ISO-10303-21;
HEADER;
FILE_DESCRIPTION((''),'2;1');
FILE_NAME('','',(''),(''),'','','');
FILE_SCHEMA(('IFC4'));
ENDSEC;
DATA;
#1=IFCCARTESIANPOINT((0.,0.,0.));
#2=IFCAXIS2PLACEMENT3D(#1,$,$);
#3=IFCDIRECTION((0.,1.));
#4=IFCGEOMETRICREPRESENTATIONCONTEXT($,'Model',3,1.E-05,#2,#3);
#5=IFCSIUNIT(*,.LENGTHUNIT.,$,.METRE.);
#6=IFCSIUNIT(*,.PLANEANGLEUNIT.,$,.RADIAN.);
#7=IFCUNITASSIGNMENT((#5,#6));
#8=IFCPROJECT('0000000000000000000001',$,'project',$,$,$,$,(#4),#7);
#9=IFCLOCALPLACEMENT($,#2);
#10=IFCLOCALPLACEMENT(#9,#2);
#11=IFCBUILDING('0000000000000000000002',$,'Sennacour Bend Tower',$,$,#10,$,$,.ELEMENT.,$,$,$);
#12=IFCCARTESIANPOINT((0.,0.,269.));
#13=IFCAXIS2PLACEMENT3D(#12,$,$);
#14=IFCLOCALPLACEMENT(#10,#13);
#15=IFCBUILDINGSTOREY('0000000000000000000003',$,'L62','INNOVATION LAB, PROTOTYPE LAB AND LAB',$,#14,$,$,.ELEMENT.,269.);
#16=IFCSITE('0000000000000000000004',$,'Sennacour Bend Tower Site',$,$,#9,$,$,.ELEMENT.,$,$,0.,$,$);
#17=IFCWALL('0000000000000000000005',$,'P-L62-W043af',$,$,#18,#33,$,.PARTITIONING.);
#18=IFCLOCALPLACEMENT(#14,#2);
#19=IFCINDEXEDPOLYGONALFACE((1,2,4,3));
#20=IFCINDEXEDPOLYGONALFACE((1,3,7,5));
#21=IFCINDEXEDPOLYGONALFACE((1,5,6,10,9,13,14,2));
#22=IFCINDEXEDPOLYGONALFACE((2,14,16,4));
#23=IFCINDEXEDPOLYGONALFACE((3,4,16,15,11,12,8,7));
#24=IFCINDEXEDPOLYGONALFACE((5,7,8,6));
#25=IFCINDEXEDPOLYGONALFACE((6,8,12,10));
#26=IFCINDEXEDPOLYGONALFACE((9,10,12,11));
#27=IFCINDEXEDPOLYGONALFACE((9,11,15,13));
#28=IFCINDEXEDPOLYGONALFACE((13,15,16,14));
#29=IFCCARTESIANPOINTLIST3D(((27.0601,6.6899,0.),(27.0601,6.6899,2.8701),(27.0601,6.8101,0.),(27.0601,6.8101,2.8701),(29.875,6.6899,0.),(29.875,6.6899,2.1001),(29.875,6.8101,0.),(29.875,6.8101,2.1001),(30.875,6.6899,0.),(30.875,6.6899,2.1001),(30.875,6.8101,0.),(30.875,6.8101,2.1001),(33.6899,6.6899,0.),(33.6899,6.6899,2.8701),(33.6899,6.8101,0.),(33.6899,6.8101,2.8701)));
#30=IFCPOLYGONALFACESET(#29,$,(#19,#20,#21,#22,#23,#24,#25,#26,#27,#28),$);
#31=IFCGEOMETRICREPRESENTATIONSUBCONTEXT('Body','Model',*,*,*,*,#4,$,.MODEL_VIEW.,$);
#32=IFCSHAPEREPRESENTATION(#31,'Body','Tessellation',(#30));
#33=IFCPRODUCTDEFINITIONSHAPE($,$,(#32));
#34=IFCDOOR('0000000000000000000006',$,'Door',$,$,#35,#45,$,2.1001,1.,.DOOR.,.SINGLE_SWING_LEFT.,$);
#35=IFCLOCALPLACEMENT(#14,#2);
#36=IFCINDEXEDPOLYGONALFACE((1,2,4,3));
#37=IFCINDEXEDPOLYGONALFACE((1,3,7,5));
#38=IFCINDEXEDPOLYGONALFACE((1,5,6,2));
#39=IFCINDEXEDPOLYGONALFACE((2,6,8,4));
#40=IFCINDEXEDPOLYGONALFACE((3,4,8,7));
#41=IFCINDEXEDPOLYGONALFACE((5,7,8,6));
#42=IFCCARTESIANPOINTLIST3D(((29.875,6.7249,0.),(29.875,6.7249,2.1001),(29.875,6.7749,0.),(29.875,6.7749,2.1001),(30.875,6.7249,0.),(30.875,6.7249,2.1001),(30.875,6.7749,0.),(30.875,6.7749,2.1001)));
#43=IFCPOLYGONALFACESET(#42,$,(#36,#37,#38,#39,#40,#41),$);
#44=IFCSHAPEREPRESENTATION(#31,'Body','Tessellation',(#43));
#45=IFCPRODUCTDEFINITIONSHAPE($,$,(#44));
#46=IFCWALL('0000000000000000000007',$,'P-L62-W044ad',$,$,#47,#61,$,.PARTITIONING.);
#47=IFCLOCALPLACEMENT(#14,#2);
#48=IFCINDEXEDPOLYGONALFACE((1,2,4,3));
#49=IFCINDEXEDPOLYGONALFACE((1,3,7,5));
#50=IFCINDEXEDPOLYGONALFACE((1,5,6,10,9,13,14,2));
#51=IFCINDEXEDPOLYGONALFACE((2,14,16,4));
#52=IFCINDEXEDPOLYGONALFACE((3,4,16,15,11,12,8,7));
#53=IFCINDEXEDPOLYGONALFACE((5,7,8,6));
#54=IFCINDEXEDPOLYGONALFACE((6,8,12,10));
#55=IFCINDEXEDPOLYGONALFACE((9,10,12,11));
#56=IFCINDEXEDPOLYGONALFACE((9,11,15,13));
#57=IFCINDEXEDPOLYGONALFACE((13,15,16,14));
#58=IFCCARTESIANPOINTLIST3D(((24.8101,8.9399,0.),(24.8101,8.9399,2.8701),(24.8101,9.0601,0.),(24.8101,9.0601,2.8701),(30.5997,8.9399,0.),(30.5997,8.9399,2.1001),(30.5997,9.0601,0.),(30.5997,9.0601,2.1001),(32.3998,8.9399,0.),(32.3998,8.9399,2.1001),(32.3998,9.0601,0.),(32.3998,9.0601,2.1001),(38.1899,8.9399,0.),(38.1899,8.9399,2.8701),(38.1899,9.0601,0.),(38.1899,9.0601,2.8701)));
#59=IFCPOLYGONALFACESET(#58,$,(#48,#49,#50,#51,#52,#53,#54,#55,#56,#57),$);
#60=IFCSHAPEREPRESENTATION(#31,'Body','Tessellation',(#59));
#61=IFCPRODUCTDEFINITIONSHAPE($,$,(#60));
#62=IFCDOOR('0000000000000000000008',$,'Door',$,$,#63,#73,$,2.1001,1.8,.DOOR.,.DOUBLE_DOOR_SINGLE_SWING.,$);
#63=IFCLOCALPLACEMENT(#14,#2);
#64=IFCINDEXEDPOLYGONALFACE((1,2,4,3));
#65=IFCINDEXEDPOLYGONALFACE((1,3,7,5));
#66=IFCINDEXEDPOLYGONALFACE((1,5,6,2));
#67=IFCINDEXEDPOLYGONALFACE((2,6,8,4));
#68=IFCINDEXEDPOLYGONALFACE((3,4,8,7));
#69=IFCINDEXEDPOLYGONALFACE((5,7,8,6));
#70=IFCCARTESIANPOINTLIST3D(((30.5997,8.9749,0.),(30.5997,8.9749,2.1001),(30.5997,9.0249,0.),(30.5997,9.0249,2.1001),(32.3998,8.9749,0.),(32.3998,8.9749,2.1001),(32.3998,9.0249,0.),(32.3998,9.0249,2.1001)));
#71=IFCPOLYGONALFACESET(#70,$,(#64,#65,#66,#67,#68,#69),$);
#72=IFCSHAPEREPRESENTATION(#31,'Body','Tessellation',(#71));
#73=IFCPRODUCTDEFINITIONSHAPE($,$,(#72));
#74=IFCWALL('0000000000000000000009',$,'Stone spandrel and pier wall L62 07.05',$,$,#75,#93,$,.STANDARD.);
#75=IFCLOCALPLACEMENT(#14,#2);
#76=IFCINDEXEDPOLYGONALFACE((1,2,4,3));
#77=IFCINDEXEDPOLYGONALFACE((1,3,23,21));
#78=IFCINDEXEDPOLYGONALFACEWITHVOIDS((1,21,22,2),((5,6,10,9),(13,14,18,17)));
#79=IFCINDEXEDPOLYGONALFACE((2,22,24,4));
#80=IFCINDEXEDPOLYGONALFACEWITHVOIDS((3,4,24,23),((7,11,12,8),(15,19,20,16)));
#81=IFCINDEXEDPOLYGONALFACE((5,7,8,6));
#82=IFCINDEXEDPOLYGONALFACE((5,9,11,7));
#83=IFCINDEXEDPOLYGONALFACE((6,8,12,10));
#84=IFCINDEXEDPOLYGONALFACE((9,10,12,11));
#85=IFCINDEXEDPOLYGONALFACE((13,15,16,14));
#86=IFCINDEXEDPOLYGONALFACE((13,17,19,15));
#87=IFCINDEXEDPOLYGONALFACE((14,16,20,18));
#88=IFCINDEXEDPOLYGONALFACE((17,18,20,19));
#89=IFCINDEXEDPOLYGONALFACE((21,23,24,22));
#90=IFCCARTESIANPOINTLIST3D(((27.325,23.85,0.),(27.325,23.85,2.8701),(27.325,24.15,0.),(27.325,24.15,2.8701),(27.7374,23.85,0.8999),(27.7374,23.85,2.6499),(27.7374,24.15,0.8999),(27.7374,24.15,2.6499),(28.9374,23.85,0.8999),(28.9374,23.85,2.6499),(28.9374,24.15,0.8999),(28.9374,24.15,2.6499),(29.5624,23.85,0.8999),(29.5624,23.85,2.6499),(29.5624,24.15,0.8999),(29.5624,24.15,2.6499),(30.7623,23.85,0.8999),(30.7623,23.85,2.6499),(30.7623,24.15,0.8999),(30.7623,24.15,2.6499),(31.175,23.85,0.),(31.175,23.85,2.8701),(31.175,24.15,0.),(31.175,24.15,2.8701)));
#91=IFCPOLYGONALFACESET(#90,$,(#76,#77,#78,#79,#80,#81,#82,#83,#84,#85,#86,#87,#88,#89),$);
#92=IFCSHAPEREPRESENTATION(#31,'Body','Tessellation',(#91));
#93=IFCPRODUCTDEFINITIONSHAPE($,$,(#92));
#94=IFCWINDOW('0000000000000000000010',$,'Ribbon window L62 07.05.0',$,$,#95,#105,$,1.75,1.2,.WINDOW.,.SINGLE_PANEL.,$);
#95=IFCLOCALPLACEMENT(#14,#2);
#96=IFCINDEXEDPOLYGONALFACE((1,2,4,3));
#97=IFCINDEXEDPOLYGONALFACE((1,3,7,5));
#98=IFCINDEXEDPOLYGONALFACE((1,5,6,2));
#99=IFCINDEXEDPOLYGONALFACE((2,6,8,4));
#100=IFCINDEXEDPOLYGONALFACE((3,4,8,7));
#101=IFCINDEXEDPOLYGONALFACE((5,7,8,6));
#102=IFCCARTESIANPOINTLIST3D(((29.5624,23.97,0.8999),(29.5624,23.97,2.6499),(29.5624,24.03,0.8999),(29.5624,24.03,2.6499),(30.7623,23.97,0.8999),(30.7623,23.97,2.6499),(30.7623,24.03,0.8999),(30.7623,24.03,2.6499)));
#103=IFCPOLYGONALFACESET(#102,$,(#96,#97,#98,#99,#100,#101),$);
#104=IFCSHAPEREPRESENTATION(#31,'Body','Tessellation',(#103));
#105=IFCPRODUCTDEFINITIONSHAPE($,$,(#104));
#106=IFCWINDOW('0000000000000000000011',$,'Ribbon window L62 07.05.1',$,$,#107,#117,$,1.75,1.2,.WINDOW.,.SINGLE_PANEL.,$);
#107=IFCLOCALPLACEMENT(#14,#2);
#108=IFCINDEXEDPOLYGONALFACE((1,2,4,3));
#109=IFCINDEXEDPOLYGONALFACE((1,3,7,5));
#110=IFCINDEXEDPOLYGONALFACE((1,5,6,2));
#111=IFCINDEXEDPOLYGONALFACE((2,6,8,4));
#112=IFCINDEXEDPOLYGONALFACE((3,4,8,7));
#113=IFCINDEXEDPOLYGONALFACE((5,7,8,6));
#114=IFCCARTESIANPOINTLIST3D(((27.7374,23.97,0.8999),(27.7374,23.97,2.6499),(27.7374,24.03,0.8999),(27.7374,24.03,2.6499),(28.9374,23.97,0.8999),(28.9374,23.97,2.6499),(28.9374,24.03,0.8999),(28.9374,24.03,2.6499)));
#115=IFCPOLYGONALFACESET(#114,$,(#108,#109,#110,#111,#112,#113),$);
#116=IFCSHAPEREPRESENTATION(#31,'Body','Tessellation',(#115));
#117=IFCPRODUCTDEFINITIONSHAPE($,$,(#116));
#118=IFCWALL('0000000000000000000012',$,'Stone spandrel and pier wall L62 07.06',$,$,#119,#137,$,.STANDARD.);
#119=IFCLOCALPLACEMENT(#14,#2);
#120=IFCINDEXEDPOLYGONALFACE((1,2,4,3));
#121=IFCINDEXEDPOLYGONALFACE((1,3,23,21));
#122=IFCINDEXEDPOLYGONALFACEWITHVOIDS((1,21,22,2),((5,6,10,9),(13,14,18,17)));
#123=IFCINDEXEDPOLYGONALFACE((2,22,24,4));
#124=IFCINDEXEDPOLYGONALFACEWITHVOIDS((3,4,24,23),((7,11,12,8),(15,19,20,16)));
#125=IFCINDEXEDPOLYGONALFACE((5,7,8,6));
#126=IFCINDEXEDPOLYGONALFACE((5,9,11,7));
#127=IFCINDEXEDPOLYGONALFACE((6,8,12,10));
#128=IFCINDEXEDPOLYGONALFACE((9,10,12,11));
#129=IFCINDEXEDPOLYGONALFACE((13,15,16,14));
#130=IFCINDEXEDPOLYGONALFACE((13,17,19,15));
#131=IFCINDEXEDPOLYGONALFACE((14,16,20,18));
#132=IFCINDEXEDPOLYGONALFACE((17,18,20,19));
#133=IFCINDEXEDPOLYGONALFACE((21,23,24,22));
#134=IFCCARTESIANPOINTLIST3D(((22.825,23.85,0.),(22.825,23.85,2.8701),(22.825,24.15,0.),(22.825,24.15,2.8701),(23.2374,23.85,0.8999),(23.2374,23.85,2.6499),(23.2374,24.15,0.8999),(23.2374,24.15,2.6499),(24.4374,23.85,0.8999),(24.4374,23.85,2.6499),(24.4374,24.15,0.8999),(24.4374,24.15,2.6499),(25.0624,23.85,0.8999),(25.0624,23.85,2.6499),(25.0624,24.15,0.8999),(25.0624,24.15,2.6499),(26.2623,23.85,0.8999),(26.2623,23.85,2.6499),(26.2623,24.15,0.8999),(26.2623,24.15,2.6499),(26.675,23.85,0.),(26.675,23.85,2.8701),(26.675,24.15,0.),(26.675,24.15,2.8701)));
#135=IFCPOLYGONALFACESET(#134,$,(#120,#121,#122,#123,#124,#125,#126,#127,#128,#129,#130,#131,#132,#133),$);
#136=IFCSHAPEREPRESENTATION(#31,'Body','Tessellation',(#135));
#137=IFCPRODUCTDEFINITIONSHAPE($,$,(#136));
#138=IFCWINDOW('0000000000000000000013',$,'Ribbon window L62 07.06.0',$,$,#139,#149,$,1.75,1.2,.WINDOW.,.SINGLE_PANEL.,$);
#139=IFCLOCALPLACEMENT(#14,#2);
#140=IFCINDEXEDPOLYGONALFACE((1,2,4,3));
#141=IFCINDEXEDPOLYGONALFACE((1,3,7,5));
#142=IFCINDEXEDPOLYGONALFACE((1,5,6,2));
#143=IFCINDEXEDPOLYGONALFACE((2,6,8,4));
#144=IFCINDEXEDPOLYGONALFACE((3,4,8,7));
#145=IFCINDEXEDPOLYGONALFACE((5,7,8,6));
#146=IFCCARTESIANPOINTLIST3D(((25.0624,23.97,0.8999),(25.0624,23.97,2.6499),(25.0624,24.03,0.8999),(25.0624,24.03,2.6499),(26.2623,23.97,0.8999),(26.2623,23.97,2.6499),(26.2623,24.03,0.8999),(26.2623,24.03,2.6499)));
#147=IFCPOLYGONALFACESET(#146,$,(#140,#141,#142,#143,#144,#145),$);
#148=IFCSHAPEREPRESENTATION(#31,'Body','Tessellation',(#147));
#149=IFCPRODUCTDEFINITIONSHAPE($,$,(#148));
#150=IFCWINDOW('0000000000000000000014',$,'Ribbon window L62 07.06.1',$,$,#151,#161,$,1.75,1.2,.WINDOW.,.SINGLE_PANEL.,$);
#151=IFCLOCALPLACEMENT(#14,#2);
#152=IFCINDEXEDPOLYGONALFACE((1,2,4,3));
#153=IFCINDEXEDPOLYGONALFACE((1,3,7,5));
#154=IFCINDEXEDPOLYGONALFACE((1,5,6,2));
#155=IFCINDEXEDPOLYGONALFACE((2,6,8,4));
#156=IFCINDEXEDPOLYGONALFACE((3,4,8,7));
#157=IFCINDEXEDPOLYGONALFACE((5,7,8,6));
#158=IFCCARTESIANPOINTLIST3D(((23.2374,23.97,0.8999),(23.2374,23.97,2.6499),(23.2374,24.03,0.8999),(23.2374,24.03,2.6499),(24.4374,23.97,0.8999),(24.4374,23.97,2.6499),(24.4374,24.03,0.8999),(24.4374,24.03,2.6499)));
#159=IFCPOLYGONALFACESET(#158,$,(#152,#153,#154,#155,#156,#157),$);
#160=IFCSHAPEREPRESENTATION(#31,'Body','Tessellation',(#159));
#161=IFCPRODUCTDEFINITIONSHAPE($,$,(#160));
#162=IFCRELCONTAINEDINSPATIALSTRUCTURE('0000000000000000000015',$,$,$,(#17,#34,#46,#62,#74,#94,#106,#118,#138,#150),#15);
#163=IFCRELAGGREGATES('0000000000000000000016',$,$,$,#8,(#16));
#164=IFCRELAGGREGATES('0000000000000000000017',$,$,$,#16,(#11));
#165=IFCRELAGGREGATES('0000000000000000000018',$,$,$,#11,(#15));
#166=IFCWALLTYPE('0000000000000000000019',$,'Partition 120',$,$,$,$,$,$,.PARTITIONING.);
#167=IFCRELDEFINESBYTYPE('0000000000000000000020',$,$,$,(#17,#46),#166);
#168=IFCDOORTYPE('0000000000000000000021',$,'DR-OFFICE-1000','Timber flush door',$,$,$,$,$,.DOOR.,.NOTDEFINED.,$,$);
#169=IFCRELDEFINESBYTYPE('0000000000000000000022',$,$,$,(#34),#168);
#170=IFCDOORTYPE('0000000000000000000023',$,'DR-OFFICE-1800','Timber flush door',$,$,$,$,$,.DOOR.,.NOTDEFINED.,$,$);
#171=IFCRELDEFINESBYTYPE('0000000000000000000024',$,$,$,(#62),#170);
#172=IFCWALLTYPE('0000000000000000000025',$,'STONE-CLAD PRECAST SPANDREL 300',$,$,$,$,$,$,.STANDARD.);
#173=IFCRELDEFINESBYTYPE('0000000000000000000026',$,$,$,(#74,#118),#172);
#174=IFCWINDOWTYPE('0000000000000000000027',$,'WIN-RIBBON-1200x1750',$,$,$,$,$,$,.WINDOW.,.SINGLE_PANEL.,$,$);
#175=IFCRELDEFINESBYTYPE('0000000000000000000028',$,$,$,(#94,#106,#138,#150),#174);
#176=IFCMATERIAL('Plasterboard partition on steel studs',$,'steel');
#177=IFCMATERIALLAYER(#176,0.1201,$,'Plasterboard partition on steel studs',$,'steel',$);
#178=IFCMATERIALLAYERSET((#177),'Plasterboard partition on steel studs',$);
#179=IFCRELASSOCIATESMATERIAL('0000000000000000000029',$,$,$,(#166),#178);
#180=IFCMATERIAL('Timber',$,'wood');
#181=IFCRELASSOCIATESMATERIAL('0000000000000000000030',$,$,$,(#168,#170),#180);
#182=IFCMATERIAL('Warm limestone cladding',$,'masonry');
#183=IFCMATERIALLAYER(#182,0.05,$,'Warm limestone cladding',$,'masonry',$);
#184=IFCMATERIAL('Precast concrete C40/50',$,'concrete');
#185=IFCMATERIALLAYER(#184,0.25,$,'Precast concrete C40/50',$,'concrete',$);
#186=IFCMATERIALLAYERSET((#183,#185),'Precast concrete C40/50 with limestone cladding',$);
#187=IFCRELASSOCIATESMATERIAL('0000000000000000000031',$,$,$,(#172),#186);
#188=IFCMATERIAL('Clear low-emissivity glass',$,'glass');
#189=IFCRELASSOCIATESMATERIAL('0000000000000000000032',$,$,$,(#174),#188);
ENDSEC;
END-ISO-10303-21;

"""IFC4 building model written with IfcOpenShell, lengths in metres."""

from ifc_helpers import new_model, si_unit, direction, frame, frame_2d, origin, place, context, subcontext, project, spatial, rectangle, extrude, material, layer, layer_set, type_object, element, fill, save


model = new_model("IFC4")

# Units and contexts
model_context = context("Model", 3, precision=1e-05, world=origin(), true_north=direction((0.0, 1.0)))
body_context = subcontext(model_context, "Body", "Model", "MODEL_VIEW")
ifc_project = project(units=[si_unit("LENGTHUNIT", "METRE"), si_unit("PLANEANGLEUNIT", "RADIAN")], contexts=[model_context])

# Site, building, storey
site_placement = place(None, origin())
site = spatial("IfcSite", under=ifc_project, at=site_placement, Name="Sennacour Bend Tower Site", CompositionType="ELEMENT", RefElevation=0.0)
building_placement = place(site_placement, origin())
building = spatial("IfcBuilding", under=site, at=building_placement, Name="Sennacour Bend Tower", CompositionType="ELEMENT")
storey_placement = place(building_placement, frame((0.0, 0.0, 269.0)))
storey = spatial("IfcBuildingStorey", under=building, at=storey_placement, Name="L62", Description="INNOVATION LAB, PROTOTYPE LAB AND LAB", CompositionType="ELEMENT", Elevation=269.0)

# Shared definitions
ifc_material_1 = material(Name="Plasterboard partition on steel studs", Category="steel")
ifc_layer_1 = layer(ifc_material_1, 0.1201, Name="Plasterboard partition on steel studs", Category="steel")
ifc_layer_set_1 = layer_set([ifc_layer_1], Name="Plasterboard partition on steel studs")
wall_type_1 = type_object("IfcWallType", Name="Partition 120", PredefinedType="PARTITIONING", material=ifc_layer_set_1)

# Walls, openings, doors
ifc_material_2 = material(Name="Timber", Category="wood")
door_type_1 = type_object("IfcDoorType", Name="DR-OFFICE-1000", Description="Timber flush door", OperationType="NOTDEFINED", PredefinedType="DOOR", material=ifc_material_2)
wall_1_placement = place(storey_placement, frame((27.0601, 6.75, 0.0), z_axis=(0.0, 0.0, 1.0), x_axis=(1.0, 0.0, 0.0)))
wall_1 = element("IfcWall", 1, at=wall_1_placement, inside=storey, type_object=wall_type_1, Name="P-L62-W043af", PredefinedType="PARTITIONING", context=body_context, shape_type="SweptSolid", body=[
    extrude(rectangle(XDim=6.6299, YDim=0.1201, at=frame_2d((3.3149, 0.0))), origin(), (0.0, 0.0, 1.0), 2.8701),
])
opening_1_placement = place(wall_1_placement, frame((2.8149, 0.0, 0.0)))
opening_1 = element("IfcOpeningElement", 2, at=opening_1_placement, cuts=wall_1, PredefinedType="OPENING", context=body_context, shape_type="SweptSolid", body=[
    extrude(rectangle(XDim=1.0, YDim=2.1001, at=frame_2d((0.5, 1.05))), frame((0.0, 0.0701, 0.0), z_axis=(0.0, -1.0, 0.0), x_axis=(1.0, 0.0, 0.0)), (0.0, 0.0, 1.0), 0.1401),
])
door_1_placement = place(opening_1_placement, origin())
door_1 = element("IfcDoor", 3, at=door_1_placement, inside=storey, type_object=door_type_1, Name="Door", OperationType="SINGLE_SWING_LEFT", OverallHeight=2.1001, OverallWidth=1.0, PredefinedType="DOOR", context=body_context, shape_type="SweptSolid", body=[
    extrude(rectangle(XDim=1.0, YDim=2.1001, at=frame_2d((0.5, 1.05))), frame((0.0, 0.0249, 0.0), z_axis=(0.0, -1.0, 0.0), x_axis=(1.0, 0.0, 0.0)), (0.0, 0.0, 1.0), 0.05),
])
fill(opening_1, door_1)
wall_2_placement = place(storey_placement, frame((24.8101, 9.0, 0.0), z_axis=(0.0, 0.0, 1.0), x_axis=(1.0, 0.0, 0.0)))
wall_2 = element("IfcWall", 4, at=wall_2_placement, inside=storey, type_object=wall_type_1, Name="P-L62-W044ad", PredefinedType="PARTITIONING", context=body_context, shape_type="SweptSolid", body=[
    extrude(rectangle(XDim=13.3799, YDim=0.1201, at=frame_2d((6.6899, 0.0))), origin(), (0.0, 0.0, 1.0), 2.8701),
])
opening_2_placement = place(wall_2_placement, frame((5.7898, 0.0, 0.0)))
opening_2 = element("IfcOpeningElement", 5, at=opening_2_placement, cuts=wall_2, PredefinedType="OPENING", context=body_context, shape_type="SweptSolid", body=[
    extrude(rectangle(XDim=1.8, YDim=2.1001, at=frame_2d((0.8999, 1.05))), frame((0.0, 0.0701, 0.0), z_axis=(0.0, -1.0, 0.0), x_axis=(1.0, 0.0, 0.0)), (0.0, 0.0, 1.0), 0.1401),
])
door_type_2 = type_object("IfcDoorType", Name="DR-OFFICE-1800", Description="Timber flush door", OperationType="NOTDEFINED", PredefinedType="DOOR", material=ifc_material_2)
door_2_placement = place(opening_2_placement, origin())
door_2 = element("IfcDoor", 6, at=door_2_placement, inside=storey, type_object=door_type_2, Name="Door", OperationType="DOUBLE_DOOR_SINGLE_SWING", OverallHeight=2.1001, OverallWidth=1.8, PredefinedType="DOOR", context=body_context, shape_type="SweptSolid", body=[
    extrude(rectangle(XDim=1.8, YDim=2.1001, at=frame_2d((0.8999, 1.05))), frame((0.0, 0.0249, 0.0), z_axis=(0.0, -1.0, 0.0), x_axis=(1.0, 0.0, 0.0)), (0.0, 0.0, 1.0), 0.05),
])
fill(opening_2, door_2)

# Walls, openings, windows
ifc_material_3 = material(Name="Warm limestone cladding", Category="masonry")
ifc_layer_2 = layer(ifc_material_3, 0.05, Name="Warm limestone cladding", Category="masonry")
ifc_material_4 = material(Name="Precast concrete C40/50", Category="concrete")
ifc_layer_3 = layer(ifc_material_4, 0.25, Name="Precast concrete C40/50", Category="concrete")
ifc_layer_set_2 = layer_set([ifc_layer_2, ifc_layer_3], Name="Precast concrete C40/50 with limestone cladding")
wall_type_2 = type_object("IfcWallType", Name="STONE-CLAD PRECAST SPANDREL 300", PredefinedType="STANDARD", material=ifc_layer_set_2)
wall_3_placement = place(storey_placement, frame((31.175, 24.0, 0.0), z_axis=(0.0, 0.0, 1.0), x_axis=(-1.0, 0.0, 0.0)))
wall_3 = element("IfcWall", 7, at=wall_3_placement, inside=storey, type_object=wall_type_2, Name="Stone spandrel and pier wall L62 07.05", PredefinedType="STANDARD", context=body_context, shape_type="SweptSolid", body=[
    extrude(rectangle(XDim=3.8501, YDim=0.3, at=frame_2d((1.925, 0.0))), origin(), (0.0, 0.0, 1.0), 2.8701),
])
opening_3_placement = place(wall_3_placement, frame((0.4126, 0.0, 0.8999)))
opening_3 = element("IfcOpeningElement", 8, at=opening_3_placement, cuts=wall_3, PredefinedType="OPENING", context=body_context, shape_type="SweptSolid", body=[
    extrude(rectangle(XDim=1.2, YDim=1.75, at=frame_2d((0.6001, 0.875))), frame((0.0, 0.1602, 0.0), z_axis=(0.0, -1.0, 0.0), x_axis=(1.0, 0.0, 0.0)), (0.0, 0.0, 1.0), 0.3201),
])
opening_4_placement = place(wall_3_placement, frame((2.2375, 0.0, 0.8999)))
opening_4 = element("IfcOpeningElement", 9, at=opening_4_placement, cuts=wall_3, PredefinedType="OPENING", context=body_context, shape_type="SweptSolid", body=[
    extrude(rectangle(XDim=1.2, YDim=1.75, at=frame_2d((0.6001, 0.875))), frame((0.0, 0.1602, 0.0), z_axis=(0.0, -1.0, 0.0), x_axis=(1.0, 0.0, 0.0)), (0.0, 0.0, 1.0), 0.3201),
])
ifc_material_5 = material(Name="Clear low-emissivity glass", Category="glass")
window_type = type_object("IfcWindowType", Name="WIN-RIBBON-1200x1750", PartitioningType="SINGLE_PANEL", PredefinedType="WINDOW", material=ifc_material_5)
window_1_placement = place(opening_3_placement, origin())
window_1 = element("IfcWindow", 10, at=window_1_placement, inside=storey, type_object=window_type, Name="Ribbon window L62 07.05.0", OverallHeight=1.75, OverallWidth=1.2, PartitioningType="SINGLE_PANEL", PredefinedType="WINDOW", context=body_context, shape_type="SweptSolid", body=[
    extrude(rectangle(XDim=1.2, YDim=1.75, at=frame_2d((0.6001, 0.875))), frame((0.0, 0.03, 0.0), z_axis=(0.0, -1.0, 0.0), x_axis=(1.0, 0.0, 0.0)), (0.0, 0.0, 1.0), 0.0601),
])
fill(opening_3, window_1)
window_2_placement = place(opening_4_placement, origin())
window_2 = element("IfcWindow", 11, at=window_2_placement, inside=storey, type_object=window_type, Name="Ribbon window L62 07.05.1", OverallHeight=1.75, OverallWidth=1.2, PartitioningType="SINGLE_PANEL", PredefinedType="WINDOW", context=body_context, shape_type="SweptSolid", body=[
    extrude(rectangle(XDim=1.2, YDim=1.75, at=frame_2d((0.6001, 0.875))), frame((0.0, 0.03, 0.0), z_axis=(0.0, -1.0, 0.0), x_axis=(1.0, 0.0, 0.0)), (0.0, 0.0, 1.0), 0.0601),
])
fill(opening_4, window_2)
wall_4_placement = place(storey_placement, frame((26.675, 24.0, 0.0), z_axis=(0.0, 0.0, 1.0), x_axis=(-1.0, 0.0, 0.0)))
wall_4 = element("IfcWall", 12, at=wall_4_placement, inside=storey, type_object=wall_type_2, Name="Stone spandrel and pier wall L62 07.06", PredefinedType="STANDARD", context=body_context, shape_type="SweptSolid", body=[
    extrude(rectangle(XDim=3.8501, YDim=0.3, at=frame_2d((1.925, 0.0))), origin(), (0.0, 0.0, 1.0), 2.8701),
])
opening_5_placement = place(wall_4_placement, frame((0.4126, 0.0, 0.8999)))
opening_5 = element("IfcOpeningElement", 13, at=opening_5_placement, cuts=wall_4, PredefinedType="OPENING", context=body_context, shape_type="SweptSolid", body=[
    extrude(rectangle(XDim=1.2, YDim=1.75, at=frame_2d((0.6001, 0.875))), frame((0.0, 0.1602, 0.0), z_axis=(0.0, -1.0, 0.0), x_axis=(1.0, 0.0, 0.0)), (0.0, 0.0, 1.0), 0.3201),
])
opening_6_placement = place(wall_4_placement, frame((2.2375, 0.0, 0.8999)))
opening_6 = element("IfcOpeningElement", 14, at=opening_6_placement, cuts=wall_4, PredefinedType="OPENING", context=body_context, shape_type="SweptSolid", body=[
    extrude(rectangle(XDim=1.2, YDim=1.75, at=frame_2d((0.6001, 0.875))), frame((0.0, 0.1602, 0.0), z_axis=(0.0, -1.0, 0.0), x_axis=(1.0, 0.0, 0.0)), (0.0, 0.0, 1.0), 0.3201),
])
window_3_placement = place(opening_5_placement, origin())
window_3 = element("IfcWindow", 15, at=window_3_placement, inside=storey, type_object=window_type, Name="Ribbon window L62 07.06.0", OverallHeight=1.75, OverallWidth=1.2, PartitioningType="SINGLE_PANEL", PredefinedType="WINDOW", context=body_context, shape_type="SweptSolid", body=[
    extrude(rectangle(XDim=1.2, YDim=1.75, at=frame_2d((0.6001, 0.875))), frame((0.0, 0.03, 0.0), z_axis=(0.0, -1.0, 0.0), x_axis=(1.0, 0.0, 0.0)), (0.0, 0.0, 1.0), 0.0601),
])
fill(opening_5, window_3)
window_4_placement = place(opening_6_placement, origin())
window_4 = element("IfcWindow", 16, at=window_4_placement, inside=storey, type_object=window_type, Name="Ribbon window L62 07.06.1", OverallHeight=1.75, OverallWidth=1.2, PartitioningType="SINGLE_PANEL", PredefinedType="WINDOW", context=body_context, shape_type="SweptSolid", body=[
    extrude(rectangle(XDim=1.2, YDim=1.75, at=frame_2d((0.6001, 0.875))), frame((0.0, 0.03, 0.0), z_axis=(0.0, -1.0, 0.0), x_axis=(1.0, 0.0, 0.0)), (0.0, 0.0, 1.0), 0.0601),
])
fill(opening_6, window_4)

save(model, "model.ifc")
